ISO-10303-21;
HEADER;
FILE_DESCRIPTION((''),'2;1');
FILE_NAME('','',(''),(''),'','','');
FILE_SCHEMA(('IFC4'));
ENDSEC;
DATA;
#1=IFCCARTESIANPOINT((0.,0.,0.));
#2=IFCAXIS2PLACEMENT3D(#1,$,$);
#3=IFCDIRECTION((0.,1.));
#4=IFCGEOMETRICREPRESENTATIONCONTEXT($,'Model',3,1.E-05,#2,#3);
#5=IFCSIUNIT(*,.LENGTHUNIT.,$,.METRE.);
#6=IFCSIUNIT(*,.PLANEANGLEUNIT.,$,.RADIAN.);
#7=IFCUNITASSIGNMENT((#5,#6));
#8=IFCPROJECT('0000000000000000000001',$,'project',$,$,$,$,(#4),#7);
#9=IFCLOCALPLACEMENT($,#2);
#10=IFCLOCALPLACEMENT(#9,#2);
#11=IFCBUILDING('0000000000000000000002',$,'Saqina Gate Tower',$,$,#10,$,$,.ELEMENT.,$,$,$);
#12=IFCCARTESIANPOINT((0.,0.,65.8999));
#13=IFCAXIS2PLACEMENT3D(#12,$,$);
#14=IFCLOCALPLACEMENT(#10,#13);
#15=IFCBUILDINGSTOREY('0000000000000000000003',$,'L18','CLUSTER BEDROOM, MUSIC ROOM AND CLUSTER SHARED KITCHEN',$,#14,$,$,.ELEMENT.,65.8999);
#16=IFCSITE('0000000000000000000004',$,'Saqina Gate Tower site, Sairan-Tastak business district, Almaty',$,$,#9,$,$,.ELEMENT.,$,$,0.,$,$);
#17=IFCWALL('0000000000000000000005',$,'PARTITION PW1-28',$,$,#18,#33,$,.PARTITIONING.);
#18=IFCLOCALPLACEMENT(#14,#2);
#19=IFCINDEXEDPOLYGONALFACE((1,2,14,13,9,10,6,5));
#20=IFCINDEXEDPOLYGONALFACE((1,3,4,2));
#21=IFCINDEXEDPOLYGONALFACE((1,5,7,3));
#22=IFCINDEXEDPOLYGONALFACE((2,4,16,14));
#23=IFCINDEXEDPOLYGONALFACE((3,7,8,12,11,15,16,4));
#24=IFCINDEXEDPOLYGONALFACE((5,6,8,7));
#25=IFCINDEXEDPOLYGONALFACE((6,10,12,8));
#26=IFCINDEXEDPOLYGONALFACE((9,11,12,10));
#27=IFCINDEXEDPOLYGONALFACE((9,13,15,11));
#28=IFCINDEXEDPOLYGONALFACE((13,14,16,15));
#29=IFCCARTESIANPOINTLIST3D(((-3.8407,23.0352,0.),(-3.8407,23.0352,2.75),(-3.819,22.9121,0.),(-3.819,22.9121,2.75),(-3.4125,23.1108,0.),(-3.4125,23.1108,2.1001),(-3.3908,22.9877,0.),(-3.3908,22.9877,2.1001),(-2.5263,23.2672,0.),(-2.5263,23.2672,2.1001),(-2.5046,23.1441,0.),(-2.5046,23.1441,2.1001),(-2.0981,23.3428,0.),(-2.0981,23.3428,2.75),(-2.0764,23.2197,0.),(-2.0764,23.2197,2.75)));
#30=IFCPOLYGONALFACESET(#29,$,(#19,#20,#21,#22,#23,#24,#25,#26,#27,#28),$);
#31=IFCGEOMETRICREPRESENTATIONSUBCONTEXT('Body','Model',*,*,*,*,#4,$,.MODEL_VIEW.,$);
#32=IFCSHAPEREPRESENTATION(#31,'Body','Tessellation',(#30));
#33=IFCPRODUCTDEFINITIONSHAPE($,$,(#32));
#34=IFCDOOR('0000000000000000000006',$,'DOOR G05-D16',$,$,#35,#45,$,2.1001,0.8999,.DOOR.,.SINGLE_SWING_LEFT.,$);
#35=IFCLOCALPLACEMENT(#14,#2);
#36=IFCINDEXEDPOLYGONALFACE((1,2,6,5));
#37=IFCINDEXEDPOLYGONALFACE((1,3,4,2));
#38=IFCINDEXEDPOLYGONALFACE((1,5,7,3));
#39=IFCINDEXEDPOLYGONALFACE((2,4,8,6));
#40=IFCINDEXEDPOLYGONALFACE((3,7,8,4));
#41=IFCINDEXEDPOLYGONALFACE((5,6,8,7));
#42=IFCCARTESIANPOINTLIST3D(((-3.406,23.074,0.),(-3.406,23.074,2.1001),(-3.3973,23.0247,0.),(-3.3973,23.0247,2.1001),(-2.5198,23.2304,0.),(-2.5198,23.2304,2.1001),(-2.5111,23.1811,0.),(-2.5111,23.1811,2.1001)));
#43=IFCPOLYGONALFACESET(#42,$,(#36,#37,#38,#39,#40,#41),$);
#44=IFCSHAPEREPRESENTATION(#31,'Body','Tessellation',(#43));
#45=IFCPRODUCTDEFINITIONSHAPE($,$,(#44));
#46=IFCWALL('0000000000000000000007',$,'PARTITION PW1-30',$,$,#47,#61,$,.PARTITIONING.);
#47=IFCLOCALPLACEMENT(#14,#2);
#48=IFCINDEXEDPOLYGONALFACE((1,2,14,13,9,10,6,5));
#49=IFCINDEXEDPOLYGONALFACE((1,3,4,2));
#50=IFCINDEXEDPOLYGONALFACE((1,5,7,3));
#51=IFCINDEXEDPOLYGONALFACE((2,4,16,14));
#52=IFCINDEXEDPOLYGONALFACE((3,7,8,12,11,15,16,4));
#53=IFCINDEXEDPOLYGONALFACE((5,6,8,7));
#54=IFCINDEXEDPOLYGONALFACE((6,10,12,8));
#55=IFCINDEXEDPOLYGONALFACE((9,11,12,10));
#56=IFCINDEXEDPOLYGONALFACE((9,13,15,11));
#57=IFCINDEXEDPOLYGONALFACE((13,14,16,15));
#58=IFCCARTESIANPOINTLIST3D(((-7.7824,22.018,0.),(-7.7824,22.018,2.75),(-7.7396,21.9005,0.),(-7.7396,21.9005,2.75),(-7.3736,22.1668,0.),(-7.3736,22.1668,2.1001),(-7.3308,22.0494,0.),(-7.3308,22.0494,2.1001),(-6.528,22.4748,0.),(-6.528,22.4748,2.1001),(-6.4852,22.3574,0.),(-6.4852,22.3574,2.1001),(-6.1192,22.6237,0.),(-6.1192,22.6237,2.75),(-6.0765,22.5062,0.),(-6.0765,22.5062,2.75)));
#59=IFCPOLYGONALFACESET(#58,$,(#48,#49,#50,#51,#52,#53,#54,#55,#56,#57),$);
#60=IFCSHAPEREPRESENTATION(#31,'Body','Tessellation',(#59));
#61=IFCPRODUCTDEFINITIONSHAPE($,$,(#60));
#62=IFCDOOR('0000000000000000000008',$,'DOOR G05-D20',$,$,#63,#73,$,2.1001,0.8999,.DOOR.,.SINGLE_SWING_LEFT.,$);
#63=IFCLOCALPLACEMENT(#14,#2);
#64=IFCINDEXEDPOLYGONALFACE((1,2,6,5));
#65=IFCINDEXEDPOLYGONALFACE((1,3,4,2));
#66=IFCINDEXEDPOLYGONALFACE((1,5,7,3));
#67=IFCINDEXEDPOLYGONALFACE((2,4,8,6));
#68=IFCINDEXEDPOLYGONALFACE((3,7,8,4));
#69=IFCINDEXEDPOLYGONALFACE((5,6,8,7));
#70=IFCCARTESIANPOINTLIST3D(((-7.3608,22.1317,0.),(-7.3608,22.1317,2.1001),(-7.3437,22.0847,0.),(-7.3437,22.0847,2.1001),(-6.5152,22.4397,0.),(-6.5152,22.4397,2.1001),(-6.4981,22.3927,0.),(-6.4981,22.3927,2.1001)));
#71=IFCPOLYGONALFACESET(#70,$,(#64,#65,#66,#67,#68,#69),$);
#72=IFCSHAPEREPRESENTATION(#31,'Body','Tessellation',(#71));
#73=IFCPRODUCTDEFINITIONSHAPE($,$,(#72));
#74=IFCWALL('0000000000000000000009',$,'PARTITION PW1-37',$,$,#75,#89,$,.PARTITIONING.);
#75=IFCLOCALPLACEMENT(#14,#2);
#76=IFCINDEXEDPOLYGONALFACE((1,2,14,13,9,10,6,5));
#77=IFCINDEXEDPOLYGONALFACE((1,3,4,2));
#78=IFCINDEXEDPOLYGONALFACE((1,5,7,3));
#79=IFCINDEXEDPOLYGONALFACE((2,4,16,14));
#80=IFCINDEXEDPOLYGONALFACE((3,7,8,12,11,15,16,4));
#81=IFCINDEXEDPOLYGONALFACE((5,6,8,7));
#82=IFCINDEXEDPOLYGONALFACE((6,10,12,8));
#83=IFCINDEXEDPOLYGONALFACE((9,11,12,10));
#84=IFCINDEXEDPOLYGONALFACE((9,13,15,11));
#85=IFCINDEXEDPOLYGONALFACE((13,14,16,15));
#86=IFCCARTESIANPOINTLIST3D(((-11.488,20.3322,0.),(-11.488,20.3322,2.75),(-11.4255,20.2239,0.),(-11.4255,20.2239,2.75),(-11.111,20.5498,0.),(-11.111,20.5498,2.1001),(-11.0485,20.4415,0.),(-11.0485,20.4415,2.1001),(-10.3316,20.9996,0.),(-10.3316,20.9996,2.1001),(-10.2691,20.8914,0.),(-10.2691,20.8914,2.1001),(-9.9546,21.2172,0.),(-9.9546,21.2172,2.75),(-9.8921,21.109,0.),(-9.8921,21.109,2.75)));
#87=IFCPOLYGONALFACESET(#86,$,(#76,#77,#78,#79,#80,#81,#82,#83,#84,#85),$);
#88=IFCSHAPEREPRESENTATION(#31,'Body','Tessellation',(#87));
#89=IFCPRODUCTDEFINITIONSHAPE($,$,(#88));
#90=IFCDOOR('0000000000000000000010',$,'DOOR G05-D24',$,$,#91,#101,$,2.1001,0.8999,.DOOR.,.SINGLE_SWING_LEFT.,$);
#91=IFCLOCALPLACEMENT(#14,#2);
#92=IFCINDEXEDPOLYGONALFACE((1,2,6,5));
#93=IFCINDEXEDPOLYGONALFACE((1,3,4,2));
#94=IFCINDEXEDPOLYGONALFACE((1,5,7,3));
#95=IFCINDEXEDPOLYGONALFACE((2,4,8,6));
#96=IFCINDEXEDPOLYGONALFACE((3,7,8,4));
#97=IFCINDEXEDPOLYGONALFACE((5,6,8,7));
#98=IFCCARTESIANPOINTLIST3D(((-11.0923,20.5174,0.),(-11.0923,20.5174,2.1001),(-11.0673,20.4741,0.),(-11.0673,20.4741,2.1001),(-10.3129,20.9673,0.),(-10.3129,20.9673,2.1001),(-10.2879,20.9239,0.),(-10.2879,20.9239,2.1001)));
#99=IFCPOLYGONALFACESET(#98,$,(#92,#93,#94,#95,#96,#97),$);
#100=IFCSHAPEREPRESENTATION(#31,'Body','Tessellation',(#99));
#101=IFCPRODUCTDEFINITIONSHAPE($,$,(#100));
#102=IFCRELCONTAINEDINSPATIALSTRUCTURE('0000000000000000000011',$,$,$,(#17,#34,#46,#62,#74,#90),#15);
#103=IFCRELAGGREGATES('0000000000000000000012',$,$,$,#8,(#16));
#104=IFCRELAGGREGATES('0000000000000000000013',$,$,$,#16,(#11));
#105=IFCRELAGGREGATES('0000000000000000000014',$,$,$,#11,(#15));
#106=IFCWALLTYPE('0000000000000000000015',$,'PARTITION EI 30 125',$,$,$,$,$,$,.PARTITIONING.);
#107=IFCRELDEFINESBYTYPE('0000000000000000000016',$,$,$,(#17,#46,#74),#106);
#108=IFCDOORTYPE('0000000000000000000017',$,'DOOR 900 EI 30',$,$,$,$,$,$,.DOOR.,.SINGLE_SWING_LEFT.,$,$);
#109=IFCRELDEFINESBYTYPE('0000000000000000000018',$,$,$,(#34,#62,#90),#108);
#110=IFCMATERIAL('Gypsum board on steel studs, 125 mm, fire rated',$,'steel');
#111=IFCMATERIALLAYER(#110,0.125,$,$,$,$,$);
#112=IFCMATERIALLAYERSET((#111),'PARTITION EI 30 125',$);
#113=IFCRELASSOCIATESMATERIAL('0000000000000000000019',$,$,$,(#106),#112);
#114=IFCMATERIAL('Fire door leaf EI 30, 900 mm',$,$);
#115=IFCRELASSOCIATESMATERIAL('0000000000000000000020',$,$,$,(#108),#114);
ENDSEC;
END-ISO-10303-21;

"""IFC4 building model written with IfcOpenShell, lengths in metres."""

from ifc_helpers import new_model, si_unit, direction, frame, frame_2d, origin, place, context, subcontext, project, spatial, rectangle, extrude, material, layer, layer_set, type_object, element, fill, save


model = new_model("IFC4")

# Units and contexts
model_context = context("Model", 3, precision=1e-05, world=origin(), true_north=direction((0.0, 1.0)))
body_context = subcontext(model_context, "Body", "Model", "MODEL_VIEW")
ifc_project = project(units=[si_unit("LENGTHUNIT", "METRE"), si_unit("PLANEANGLEUNIT", "RADIAN")], contexts=[model_context])

# Site, building, storey
site_placement = place(None, origin())
site = spatial("IfcSite", under=ifc_project, at=site_placement, Name="Saqina Gate Tower site, Sairan-Tastak business district, Almaty", CompositionType="ELEMENT", RefElevation=0.0)
building_placement = place(site_placement, origin())
building = spatial("IfcBuilding", under=site, at=building_placement, Name="Saqina Gate Tower", CompositionType="ELEMENT")
storey_placement = place(building_placement, frame((0.0, 0.0, 65.8999)))
storey = spatial("IfcBuildingStorey", under=building, at=storey_placement, Name="L18", Description="CLUSTER BEDROOM, MUSIC ROOM AND CLUSTER SHARED KITCHEN", CompositionType="ELEMENT", Elevation=65.8999)

# Shared definitions
ifc_material_1 = material(Name="Gypsum board on steel studs, 125 mm, fire rated", Category="steel")
ifc_layer_1 = layer(ifc_material_1, 0.125)
ifc_layer_set_1 = layer_set([ifc_layer_1], Name="PARTITION EI 30 125")
wall_type_1 = type_object("IfcWallType", Name="PARTITION EI 30 125", PredefinedType="PARTITIONING", material=ifc_layer_set_1)

# Walls, openings, doors
wall_1_placement = place(storey_placement, frame((-3.8298, 22.9736, 0.0), z_axis=(0.0, 0.0, 1.0), x_axis=(0.984775, 0.173833, 0.0)))
wall_1 = element("IfcWall", 1, at=wall_1_placement, inside=storey, type_object=wall_type_1, Name="PARTITION PW1-28", PredefinedType="PARTITIONING", context=body_context, shape_type="SweptSolid", body=[
    extrude(rectangle(XDim=1.7695, YDim=0.125, at=frame_2d((0.8848, 0.0))), origin(), (0.0, 0.0, 1.0), 2.75),
])
opening_1_placement = place(wall_1_placement, frame((0.4348, 0.0, 0.0)))
opening_1 = element("IfcOpeningElement", 2, at=opening_1_placement, cuts=wall_1, PredefinedType="OPENING", context=body_context, shape_type="SweptSolid", body=[
    extrude(rectangle(XDim=0.8999, YDim=2.1001, at=frame_2d((0.45, 1.05))), frame((0.0, 0.0745, 0.0), z_axis=(0.0, -1.0, 0.0), x_axis=(1.0, 0.0, 0.0)), (0.0, 0.0, 1.0), 0.1489),
])
ifc_material_2 = material(Name="Fire door leaf EI 30, 900 mm")
door_type_1 = type_object("IfcDoorType", Name="DOOR 900 EI 30", OperationType="SINGLE_SWING_LEFT", PredefinedType="DOOR", material=ifc_material_2)
door_1_placement = place(opening_1_placement, frame((0.8999, 0.0, 0.0), z_axis=(0.0, 0.0, 1.0), x_axis=(-1.0, 0.0, 0.0)))
door_1 = element("IfcDoor", 3, at=door_1_placement, inside=storey, type_object=door_type_1, Name="DOOR G05-D16", OperationType="SINGLE_SWING_LEFT", OverallHeight=2.1001, OverallWidth=0.8999, PredefinedType="DOOR", context=body_context, shape_type="SweptSolid", body=[
    extrude(rectangle(XDim=0.8999, YDim=2.1001, at=frame_2d((0.45, 1.05))), frame((0.0, 0.0249, 0.0), z_axis=(0.0, -1.0, 0.0), x_axis=(1.0, 0.0, 0.0)), (0.0, 0.0, 1.0), 0.05),
])
fill(opening_1, door_1)
wall_2_placement = place(storey_placement, frame((-7.761, 21.9592, 0.0), z_axis=(0.0, 0.0, 1.0), x_axis=(0.93962, 0.342219, 0.0)))
wall_2 = element("IfcWall", 4, at=wall_2_placement, inside=storey, type_object=wall_type_1, Name="PARTITION PW1-30", PredefinedType="PARTITIONING", context=body_context, shape_type="SweptSolid", body=[
    extrude(rectangle(XDim=1.77, YDim=0.125, at=frame_2d((0.885, 0.0))), origin(), (0.0, 0.0, 1.0), 2.75),
])
opening_2_placement = place(wall_2_placement, frame((0.4351, 0.0, 0.0)))
opening_2 = element("IfcOpeningElement", 5, at=opening_2_placement, cuts=wall_2, PredefinedType="OPENING", context=body_context, shape_type="SweptSolid", body=[
    extrude(rectangle(XDim=0.8999, YDim=2.1001, at=frame_2d((0.45, 1.05))), frame((0.0, 0.0745, 0.0), z_axis=(0.0, -1.0, 0.0), x_axis=(1.0, 0.0, 0.0)), (0.0, 0.0, 1.0), 0.1489),
])
door_2_placement = place(opening_2_placement, frame((0.8999, 0.0, 0.0), z_axis=(0.0, 0.0, 1.0), x_axis=(-1.0, 0.0, 0.0)))
door_2 = element("IfcDoor", 6, at=door_2_placement, inside=storey, type_object=door_type_1, Name="DOOR G05-D20", OperationType="SINGLE_SWING_LEFT", OverallHeight=2.1001, OverallWidth=0.8999, PredefinedType="DOOR", context=body_context, shape_type="SweptSolid", body=[
    extrude(rectangle(XDim=0.8999, YDim=2.1001, at=frame_2d((0.45, 1.05))), frame((0.0, 0.0249, 0.0), z_axis=(0.0, -1.0, 0.0), x_axis=(1.0, 0.0, 0.0)), (0.0, 0.0, 1.0), 0.05),
])
fill(opening_2, door_2)
wall_3_placement = place(storey_placement, frame((-11.4568, 20.2781, 0.0), z_axis=(0.0, 0.0, 1.0), x_axis=(0.866105, 0.499862, 0.0)))
wall_3 = element("IfcWall", 7, at=wall_3_placement, inside=storey, type_object=wall_type_1, Name="PARTITION PW1-37", PredefinedType="PARTITIONING", context=body_context, shape_type="SweptSolid", body=[
    extrude(rectangle(XDim=1.7705, YDim=0.125, at=frame_2d((0.8853, 0.0))), origin(), (0.0, 0.0, 1.0), 2.75),
])
opening_3_placement = place(wall_3_placement, frame((0.4353, 0.0, 0.0)))
opening_3 = element("IfcOpeningElement", 8, at=opening_3_placement, cuts=wall_3, PredefinedType="OPENING", context=body_context, shape_type="SweptSolid", body=[
    extrude(rectangle(XDim=0.8999, YDim=2.1001, at=frame_2d((0.45, 1.05))), frame((0.0, 0.0745, 0.0), z_axis=(0.0, -1.0, 0.0), x_axis=(1.0, 0.0, 0.0)), (0.0, 0.0, 1.0), 0.1489),
])
door_3_placement = place(opening_3_placement, frame((0.8999, 0.0, 0.0), z_axis=(0.0, 0.0, 1.0), x_axis=(-1.0, 0.0, 0.0)))
door_3 = element("IfcDoor", 9, at=door_3_placement, inside=storey, type_object=door_type_1, Name="DOOR G05-D24", OperationType="SINGLE_SWING_LEFT", OverallHeight=2.1001, OverallWidth=0.8999, PredefinedType="DOOR", context=body_context, shape_type="SweptSolid", body=[
    extrude(rectangle(XDim=0.8999, YDim=2.1001, at=frame_2d((0.45, 1.05))), frame((0.0, 0.0249, 0.0), z_axis=(0.0, -1.0, 0.0), x_axis=(1.0, 0.0, 0.0)), (0.0, 0.0, 1.0), 0.05),
])
fill(opening_3, door_3)

save(model, "model.ifc")
